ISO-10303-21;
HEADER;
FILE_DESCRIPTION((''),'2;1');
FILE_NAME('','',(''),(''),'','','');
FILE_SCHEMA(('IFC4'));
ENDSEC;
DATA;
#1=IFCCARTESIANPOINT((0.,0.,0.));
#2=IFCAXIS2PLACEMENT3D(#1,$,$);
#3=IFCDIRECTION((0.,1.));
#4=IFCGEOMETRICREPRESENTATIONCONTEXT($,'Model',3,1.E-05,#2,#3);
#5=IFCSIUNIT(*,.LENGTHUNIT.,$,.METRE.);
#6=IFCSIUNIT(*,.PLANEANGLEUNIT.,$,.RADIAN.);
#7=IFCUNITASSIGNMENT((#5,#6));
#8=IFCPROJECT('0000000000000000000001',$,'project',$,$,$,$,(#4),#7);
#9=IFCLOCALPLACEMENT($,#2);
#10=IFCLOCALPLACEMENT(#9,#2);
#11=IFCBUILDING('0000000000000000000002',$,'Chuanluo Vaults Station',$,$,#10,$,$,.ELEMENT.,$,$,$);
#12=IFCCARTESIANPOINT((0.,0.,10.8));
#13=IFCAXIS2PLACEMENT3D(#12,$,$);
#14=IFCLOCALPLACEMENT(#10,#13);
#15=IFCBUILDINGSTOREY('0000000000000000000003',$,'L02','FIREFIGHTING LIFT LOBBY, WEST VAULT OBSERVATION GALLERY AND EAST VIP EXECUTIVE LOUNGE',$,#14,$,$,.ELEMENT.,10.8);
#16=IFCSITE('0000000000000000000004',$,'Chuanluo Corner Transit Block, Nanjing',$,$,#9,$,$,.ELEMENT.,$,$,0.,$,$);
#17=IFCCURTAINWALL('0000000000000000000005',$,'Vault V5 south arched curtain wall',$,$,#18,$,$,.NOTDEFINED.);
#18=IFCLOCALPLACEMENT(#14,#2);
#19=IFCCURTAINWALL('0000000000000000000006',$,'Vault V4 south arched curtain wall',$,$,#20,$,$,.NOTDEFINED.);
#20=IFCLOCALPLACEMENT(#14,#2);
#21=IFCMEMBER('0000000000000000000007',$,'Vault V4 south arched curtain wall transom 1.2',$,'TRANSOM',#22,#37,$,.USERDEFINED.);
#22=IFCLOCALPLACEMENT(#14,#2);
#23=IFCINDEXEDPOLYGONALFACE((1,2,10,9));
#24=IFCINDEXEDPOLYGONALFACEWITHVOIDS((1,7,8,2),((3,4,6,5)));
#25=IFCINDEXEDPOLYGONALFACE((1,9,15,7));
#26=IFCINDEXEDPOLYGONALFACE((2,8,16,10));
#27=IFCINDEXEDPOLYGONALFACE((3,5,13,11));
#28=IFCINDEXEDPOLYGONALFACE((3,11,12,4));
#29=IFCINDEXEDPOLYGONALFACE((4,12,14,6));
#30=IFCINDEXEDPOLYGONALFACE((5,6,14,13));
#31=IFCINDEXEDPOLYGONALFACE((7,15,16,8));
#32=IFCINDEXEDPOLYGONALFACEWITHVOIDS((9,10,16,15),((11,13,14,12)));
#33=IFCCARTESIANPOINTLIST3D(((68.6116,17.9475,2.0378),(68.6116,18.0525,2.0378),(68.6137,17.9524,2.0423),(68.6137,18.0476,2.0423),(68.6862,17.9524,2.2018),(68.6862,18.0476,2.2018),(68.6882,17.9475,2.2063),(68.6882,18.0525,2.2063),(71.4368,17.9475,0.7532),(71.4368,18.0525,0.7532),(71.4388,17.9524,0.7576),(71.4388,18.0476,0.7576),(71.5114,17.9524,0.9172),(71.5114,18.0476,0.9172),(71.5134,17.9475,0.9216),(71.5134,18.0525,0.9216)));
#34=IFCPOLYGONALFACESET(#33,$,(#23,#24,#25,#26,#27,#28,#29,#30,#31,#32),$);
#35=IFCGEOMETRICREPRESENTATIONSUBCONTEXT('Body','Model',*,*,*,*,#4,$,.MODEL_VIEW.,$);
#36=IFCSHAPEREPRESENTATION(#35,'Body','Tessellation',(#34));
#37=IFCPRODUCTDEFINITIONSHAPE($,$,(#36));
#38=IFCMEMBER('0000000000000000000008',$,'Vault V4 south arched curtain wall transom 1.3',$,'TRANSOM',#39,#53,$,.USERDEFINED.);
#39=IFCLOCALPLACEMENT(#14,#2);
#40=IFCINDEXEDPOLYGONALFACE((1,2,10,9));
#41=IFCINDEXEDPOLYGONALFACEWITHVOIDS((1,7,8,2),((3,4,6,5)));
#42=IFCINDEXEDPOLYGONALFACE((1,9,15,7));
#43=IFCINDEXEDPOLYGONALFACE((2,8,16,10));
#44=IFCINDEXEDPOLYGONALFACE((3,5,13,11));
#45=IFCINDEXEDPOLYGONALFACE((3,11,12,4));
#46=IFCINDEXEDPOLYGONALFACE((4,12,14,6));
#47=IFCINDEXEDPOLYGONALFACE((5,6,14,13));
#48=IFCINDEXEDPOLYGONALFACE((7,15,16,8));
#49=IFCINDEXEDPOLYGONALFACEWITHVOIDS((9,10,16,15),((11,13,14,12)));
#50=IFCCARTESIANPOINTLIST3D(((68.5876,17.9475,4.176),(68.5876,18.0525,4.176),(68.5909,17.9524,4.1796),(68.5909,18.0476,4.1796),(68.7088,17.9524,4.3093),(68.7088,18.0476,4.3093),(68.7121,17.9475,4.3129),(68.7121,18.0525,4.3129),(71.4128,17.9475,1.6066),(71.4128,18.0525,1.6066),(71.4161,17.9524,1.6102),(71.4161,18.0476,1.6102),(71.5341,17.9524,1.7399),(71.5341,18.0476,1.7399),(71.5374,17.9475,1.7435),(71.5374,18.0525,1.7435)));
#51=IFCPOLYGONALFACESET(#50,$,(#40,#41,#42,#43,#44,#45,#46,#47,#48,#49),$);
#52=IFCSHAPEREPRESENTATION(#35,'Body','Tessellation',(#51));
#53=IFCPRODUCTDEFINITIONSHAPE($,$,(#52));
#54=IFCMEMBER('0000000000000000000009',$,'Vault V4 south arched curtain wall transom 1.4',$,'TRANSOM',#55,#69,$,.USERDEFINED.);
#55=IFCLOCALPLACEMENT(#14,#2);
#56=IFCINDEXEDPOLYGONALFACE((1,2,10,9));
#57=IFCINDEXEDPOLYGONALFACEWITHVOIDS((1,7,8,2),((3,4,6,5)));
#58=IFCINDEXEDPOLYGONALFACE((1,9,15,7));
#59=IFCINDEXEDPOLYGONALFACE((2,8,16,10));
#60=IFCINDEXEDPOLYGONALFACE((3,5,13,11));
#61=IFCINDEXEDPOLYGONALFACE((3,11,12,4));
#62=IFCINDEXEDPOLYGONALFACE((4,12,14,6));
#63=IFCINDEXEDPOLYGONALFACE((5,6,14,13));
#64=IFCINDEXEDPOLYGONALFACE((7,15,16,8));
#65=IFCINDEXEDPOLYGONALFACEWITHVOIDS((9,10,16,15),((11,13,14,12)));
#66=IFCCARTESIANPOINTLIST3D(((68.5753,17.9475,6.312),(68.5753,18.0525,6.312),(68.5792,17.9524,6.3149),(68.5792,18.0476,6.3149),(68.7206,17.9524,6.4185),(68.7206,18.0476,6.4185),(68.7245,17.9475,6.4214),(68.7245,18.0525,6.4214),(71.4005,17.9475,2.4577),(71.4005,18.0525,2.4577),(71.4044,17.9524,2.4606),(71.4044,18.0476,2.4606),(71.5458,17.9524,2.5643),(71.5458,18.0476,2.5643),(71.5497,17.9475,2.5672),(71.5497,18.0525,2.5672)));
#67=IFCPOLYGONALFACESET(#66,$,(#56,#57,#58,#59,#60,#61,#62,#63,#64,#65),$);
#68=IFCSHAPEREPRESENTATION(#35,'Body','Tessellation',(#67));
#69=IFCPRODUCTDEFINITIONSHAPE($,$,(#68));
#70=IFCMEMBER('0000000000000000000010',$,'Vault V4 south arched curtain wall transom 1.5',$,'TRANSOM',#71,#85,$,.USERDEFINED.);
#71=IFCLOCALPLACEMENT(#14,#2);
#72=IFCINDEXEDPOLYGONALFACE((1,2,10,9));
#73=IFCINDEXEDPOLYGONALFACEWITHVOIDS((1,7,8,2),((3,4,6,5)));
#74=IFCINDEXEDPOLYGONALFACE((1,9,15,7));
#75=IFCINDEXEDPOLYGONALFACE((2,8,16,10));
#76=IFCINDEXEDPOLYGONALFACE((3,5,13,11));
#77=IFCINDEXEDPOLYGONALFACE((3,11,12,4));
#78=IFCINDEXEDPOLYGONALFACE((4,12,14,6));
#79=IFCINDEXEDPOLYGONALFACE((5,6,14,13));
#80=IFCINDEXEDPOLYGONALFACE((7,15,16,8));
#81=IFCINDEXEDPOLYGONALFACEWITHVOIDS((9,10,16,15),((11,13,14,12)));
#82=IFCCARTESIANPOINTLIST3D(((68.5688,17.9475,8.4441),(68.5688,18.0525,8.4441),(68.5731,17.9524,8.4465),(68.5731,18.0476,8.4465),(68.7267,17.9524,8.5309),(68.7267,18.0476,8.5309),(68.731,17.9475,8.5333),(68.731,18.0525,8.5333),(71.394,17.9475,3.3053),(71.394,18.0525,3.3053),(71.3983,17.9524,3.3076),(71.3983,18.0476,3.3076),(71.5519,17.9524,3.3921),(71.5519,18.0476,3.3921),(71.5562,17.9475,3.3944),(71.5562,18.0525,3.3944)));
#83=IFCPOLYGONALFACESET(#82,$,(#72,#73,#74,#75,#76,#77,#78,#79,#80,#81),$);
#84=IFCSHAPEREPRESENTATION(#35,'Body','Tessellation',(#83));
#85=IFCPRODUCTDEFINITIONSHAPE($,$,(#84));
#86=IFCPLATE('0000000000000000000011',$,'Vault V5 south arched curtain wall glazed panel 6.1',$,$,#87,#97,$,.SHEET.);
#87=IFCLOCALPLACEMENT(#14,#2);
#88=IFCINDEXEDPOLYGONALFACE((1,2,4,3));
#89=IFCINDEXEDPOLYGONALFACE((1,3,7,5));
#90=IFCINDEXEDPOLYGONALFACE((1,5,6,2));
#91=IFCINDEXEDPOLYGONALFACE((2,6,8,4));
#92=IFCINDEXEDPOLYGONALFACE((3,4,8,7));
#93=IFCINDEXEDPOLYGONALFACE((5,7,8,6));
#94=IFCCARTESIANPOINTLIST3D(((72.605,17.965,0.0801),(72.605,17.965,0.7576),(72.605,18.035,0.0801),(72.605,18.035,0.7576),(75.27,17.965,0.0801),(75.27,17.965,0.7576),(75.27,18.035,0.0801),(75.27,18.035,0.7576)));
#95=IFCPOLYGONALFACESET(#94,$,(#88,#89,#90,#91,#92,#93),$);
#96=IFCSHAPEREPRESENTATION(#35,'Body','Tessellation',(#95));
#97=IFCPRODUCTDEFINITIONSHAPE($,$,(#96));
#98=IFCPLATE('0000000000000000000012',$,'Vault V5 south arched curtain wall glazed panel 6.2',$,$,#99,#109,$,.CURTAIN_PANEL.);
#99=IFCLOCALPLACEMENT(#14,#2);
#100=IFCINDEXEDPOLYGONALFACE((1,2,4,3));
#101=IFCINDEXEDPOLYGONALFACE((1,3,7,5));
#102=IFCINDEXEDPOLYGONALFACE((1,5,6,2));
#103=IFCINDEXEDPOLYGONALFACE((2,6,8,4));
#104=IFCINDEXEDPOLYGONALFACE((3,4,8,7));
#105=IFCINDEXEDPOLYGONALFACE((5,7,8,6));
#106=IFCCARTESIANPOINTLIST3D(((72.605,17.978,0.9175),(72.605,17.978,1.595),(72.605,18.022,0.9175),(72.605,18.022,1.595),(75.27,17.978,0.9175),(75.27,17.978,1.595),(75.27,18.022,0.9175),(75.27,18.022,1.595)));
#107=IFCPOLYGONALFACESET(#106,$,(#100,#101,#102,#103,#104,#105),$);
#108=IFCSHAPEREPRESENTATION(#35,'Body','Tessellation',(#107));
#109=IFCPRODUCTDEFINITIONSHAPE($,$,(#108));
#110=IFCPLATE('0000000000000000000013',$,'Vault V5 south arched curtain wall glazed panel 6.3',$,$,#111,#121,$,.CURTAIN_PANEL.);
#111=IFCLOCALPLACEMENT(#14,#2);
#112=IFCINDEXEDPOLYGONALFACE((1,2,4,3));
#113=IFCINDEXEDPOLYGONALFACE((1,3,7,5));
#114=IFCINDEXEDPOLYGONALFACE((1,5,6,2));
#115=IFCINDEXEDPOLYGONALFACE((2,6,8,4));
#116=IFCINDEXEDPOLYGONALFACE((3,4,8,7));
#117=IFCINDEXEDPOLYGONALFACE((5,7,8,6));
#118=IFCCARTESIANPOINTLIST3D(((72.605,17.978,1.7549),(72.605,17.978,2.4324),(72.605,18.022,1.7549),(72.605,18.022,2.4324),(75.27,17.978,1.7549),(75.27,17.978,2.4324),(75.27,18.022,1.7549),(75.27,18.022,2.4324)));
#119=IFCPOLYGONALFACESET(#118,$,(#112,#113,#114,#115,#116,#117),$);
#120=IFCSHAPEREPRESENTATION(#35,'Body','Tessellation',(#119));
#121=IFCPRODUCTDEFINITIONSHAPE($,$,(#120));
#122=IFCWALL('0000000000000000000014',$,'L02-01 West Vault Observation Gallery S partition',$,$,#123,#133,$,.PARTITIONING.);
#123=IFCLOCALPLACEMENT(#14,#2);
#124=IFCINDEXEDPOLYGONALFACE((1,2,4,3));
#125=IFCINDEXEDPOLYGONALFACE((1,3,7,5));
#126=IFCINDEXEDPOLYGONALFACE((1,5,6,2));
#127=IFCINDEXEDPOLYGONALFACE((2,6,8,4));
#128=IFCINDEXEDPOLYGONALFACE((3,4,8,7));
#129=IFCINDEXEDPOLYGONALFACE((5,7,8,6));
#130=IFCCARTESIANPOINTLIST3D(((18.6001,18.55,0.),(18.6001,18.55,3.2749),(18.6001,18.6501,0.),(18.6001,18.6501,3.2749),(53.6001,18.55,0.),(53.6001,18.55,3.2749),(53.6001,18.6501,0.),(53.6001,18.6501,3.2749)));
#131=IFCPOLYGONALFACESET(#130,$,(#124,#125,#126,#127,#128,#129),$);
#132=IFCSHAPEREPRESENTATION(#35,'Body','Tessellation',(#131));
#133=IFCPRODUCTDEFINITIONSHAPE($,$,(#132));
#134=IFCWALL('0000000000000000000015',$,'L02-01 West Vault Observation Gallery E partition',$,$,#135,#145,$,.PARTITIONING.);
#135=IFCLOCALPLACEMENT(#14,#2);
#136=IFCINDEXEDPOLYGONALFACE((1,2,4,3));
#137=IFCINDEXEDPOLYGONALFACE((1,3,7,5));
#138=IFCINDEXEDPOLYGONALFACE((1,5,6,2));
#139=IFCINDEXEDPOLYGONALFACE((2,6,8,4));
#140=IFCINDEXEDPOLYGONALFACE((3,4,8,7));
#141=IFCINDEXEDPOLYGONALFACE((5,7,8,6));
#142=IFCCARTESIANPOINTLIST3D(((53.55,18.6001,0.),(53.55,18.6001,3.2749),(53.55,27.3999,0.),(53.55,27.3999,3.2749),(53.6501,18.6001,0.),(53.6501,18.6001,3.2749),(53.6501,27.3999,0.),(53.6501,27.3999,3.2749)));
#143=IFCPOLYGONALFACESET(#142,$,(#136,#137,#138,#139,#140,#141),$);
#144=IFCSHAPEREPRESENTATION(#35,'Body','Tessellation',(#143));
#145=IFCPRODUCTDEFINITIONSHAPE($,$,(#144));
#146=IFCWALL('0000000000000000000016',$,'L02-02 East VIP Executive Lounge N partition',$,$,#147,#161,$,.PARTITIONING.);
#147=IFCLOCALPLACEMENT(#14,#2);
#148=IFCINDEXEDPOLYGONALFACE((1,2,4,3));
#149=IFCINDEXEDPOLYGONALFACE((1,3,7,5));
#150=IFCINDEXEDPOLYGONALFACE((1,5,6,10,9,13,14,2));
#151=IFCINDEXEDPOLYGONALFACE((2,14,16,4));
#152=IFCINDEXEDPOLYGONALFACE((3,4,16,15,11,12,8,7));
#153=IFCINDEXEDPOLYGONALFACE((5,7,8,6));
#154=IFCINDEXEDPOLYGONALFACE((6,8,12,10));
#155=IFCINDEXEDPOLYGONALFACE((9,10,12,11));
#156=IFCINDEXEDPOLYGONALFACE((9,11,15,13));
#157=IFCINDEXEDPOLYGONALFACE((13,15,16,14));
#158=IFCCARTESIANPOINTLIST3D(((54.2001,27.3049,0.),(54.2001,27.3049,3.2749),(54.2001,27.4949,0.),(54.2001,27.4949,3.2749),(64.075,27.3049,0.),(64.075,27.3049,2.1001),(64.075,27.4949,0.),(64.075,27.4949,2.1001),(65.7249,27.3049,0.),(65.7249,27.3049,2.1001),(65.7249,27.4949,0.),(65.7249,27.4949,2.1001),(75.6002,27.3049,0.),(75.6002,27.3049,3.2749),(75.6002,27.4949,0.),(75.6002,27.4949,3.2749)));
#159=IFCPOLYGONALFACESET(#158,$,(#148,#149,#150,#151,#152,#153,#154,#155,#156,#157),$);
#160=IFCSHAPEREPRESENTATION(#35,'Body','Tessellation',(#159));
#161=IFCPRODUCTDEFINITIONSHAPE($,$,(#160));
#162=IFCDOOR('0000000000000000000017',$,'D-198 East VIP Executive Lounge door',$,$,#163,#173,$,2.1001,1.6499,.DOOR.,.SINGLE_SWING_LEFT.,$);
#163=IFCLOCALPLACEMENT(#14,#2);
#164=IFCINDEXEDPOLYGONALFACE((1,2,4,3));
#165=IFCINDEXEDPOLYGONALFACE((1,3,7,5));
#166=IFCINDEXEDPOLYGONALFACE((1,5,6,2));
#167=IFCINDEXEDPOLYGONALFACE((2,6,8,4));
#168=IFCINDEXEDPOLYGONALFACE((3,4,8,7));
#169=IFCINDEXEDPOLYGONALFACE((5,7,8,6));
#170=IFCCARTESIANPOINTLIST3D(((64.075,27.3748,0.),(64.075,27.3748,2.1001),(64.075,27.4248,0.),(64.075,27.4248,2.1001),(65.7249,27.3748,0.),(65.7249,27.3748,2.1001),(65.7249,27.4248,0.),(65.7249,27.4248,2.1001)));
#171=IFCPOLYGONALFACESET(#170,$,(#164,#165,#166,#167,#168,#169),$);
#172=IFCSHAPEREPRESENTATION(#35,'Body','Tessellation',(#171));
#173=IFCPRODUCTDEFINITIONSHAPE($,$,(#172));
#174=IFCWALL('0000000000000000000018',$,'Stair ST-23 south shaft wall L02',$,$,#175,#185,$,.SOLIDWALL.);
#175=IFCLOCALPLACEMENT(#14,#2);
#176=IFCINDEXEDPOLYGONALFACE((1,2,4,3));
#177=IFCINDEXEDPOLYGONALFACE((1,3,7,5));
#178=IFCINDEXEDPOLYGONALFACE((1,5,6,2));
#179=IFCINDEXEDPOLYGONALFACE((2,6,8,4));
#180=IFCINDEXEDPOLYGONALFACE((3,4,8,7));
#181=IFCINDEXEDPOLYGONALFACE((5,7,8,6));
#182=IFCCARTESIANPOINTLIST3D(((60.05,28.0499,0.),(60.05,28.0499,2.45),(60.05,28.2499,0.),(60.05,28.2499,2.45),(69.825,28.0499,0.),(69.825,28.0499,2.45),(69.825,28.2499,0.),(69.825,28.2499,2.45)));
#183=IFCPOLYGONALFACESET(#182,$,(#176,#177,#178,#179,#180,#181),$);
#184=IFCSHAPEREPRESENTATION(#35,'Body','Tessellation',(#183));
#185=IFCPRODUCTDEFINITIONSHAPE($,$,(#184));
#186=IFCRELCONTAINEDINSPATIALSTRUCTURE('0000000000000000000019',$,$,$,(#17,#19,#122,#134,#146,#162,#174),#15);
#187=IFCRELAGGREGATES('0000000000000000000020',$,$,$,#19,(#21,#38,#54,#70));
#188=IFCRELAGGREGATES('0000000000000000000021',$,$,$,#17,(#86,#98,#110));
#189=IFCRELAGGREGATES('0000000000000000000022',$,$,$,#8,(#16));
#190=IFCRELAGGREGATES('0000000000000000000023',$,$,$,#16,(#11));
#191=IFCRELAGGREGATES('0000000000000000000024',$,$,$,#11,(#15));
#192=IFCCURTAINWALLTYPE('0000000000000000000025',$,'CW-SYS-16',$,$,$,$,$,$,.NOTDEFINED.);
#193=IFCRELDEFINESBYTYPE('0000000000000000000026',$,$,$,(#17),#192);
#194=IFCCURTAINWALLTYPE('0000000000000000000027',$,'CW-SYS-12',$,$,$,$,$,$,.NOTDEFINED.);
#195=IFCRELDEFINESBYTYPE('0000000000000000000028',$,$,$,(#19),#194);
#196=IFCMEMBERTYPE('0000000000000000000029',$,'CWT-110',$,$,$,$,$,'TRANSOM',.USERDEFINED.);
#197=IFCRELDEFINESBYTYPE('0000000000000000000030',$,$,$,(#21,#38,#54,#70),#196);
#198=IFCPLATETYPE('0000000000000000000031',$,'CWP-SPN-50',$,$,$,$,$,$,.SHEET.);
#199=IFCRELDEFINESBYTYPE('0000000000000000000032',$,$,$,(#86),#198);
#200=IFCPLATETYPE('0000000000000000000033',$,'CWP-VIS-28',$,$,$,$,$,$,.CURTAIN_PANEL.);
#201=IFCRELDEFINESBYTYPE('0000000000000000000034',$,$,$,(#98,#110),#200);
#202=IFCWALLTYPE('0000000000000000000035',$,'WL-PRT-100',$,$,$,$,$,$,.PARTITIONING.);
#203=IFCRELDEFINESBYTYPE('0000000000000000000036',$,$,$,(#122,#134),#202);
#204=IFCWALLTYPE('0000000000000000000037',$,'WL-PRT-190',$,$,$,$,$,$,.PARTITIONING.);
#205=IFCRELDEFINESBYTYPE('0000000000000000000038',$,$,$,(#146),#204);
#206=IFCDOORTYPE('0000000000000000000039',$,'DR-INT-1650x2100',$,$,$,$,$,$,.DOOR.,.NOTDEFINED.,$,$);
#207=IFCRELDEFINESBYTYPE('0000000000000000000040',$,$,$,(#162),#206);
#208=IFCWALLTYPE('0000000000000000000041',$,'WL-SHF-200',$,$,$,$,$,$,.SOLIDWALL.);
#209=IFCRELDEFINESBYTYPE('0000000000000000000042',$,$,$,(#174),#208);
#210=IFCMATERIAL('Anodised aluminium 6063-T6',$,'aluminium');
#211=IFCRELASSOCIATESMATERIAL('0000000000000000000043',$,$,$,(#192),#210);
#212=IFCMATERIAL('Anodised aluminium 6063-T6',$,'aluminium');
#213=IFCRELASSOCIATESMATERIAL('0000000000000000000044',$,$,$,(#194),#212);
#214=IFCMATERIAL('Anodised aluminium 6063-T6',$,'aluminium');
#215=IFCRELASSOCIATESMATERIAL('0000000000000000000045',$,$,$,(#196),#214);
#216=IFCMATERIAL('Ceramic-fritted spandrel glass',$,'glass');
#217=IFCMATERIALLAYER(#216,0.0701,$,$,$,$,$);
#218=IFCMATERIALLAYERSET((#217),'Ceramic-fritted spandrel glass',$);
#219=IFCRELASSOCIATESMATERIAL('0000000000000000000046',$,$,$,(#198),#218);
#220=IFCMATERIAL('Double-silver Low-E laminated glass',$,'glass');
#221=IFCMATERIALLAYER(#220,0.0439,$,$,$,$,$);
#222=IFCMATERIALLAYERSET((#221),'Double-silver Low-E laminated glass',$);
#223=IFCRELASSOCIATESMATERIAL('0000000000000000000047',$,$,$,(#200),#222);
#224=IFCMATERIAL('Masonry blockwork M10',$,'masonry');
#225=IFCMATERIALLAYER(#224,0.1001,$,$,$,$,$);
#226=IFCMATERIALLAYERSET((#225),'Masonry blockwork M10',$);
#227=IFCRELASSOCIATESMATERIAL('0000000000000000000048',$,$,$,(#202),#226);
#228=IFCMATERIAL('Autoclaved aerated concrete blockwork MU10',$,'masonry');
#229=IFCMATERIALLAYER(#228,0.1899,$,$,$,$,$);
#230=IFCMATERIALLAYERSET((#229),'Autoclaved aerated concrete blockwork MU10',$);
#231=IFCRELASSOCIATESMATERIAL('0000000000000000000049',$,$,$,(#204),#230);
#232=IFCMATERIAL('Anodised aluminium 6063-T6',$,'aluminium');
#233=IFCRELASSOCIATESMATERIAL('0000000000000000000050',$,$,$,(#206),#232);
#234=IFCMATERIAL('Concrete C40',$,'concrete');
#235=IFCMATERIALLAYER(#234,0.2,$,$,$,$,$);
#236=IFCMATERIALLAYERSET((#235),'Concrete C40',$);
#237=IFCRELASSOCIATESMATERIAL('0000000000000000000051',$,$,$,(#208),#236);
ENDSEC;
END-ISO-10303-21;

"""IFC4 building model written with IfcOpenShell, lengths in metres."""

from ifc_helpers import new_model, si_unit, direction, frame, frame_2d, origin, origin_2d, place, context, subcontext, project, spatial, rectangle, hollow_rectangle, extrude, material, layer, layer_set, material_profile, profile_set, type_object, element, fill, aggregate, save


model = new_model("IFC4")

# Units and contexts
model_context = context("Model", 3, precision=1e-05, world=origin(), true_north=direction((0.0, 1.0)))
body_context = subcontext(model_context, "Body", "Model", "MODEL_VIEW")
ifc_project = project(units=[si_unit("LENGTHUNIT", "METRE"), si_unit("PLANEANGLEUNIT", "RADIAN")], contexts=[model_context])

# Site, building, storey
site_placement = place(None, origin())
site = spatial("IfcSite", under=ifc_project, at=site_placement, Name="Chuanluo Corner Transit Block, Nanjing", CompositionType="ELEMENT", RefElevation=0.0)
building_placement = place(site_placement, origin())
building = spatial("IfcBuilding", under=site, at=building_placement, Name="Chuanluo Vaults Station", CompositionType="ELEMENT")
storey_placement = place(building_placement, frame((0.0, 0.0, 10.8)))
storey = spatial("IfcBuildingStorey", under=building, at=storey_placement, Name="L02", Description="FIREFIGHTING LIFT LOBBY, WEST VAULT OBSERVATION GALLERY AND EAST VIP EXECUTIVE LOUNGE", CompositionType="ELEMENT", Elevation=10.8)

# Curtain wall
ifc_material_1 = material(Name="Anodised aluminium 6063-T6", Category="aluminium")
curtain_wall_type_1 = type_object("IfcCurtainWallType", Name="CW-SYS-16", PredefinedType="NOTDEFINED", material=ifc_material_1)
curtain_wall_1_placement = place(storey_placement, origin())
curtain_wall_1 = element("IfcCurtainWall", 1, at=curtain_wall_1_placement, inside=storey, type_object=curtain_wall_type_1, Name="Vault V5 south arched curtain wall", PredefinedType="NOTDEFINED")

# Curtain wall, members
ifc_material_2 = material(Name="Anodised aluminium 6063-T6", Category="aluminium")
curtain_wall_type_2 = type_object("IfcCurtainWallType", Name="CW-SYS-12", PredefinedType="NOTDEFINED", material=ifc_material_2)
curtain_wall_2_placement = place(storey_placement, origin())
curtain_wall_2 = element("IfcCurtainWall", 2, at=curtain_wall_2_placement, inside=storey, type_object=curtain_wall_type_2, Name="Vault V4 south arched curtain wall", PredefinedType="NOTDEFINED")
ifc_material_3 = material(Name="Anodised aluminium 6063-T6", Category="aluminium")
ifc_material_profile_1 = material_profile(ifc_material_3, hollow_rectangle(XDim=0.105, YDim=0.1851, WallThickness=0.0049, at=origin_2d()))
ifc_profile_set_1 = profile_set([ifc_material_profile_1], Name="Anodised aluminium 6063-T6")
member_type_1 = type_object("IfcMemberType", Name="CWT-110", ElementType="TRANSOM", PredefinedType="USERDEFINED", material=ifc_profile_set_1)
member_1_placement = place(storey_placement, frame((71.4751, 18.0, 0.8374), z_axis=(-0.910307, 0.0, 0.413933), x_axis=(0.0, -1.0, 0.0)))
member_1 = element("IfcMember", 3, at=member_1_placement, type_object=member_type_1, Name="Vault V4 south arched curtain wall transom 1.2", ObjectType="TRANSOM", PredefinedType="USERDEFINED", context=body_context, shape_type="SweptSolid", body=[
    extrude(hollow_rectangle(XDim=0.105, YDim=0.1851, WallThickness=0.0049, at=origin_2d()), origin(), (0.0, 0.0, 1.0), 3.1035),
])
member_2_placement = place(storey_placement, frame((71.4751, 18.0, 1.675), z_axis=(-0.739813, 0.0, 0.672813), x_axis=(0.0, -1.0, 0.0)))
member_2 = element("IfcMember", 4, at=member_2_placement, type_object=member_type_1, Name="Vault V4 south arched curtain wall transom 1.3", ObjectType="TRANSOM", PredefinedType="USERDEFINED", context=body_context, shape_type="SweptSolid", body=[
    extrude(hollow_rectangle(XDim=0.105, YDim=0.1851, WallThickness=0.0049, at=origin_2d()), origin(), (0.0, 0.0, 1.0), 3.8188),
])
member_3_placement = place(storey_placement, frame((71.4751, 18.0, 2.5125), z_axis=(-0.591193, 0.0, 0.80653), x_axis=(0.0, -1.0, 0.0)))
member_3 = element("IfcMember", 5, at=member_3_placement, type_object=member_type_1, Name="Vault V4 south arched curtain wall transom 1.4", ObjectType="TRANSOM", PredefinedType="USERDEFINED", context=body_context, shape_type="SweptSolid", body=[
    extrude(hollow_rectangle(XDim=0.105, YDim=0.1851, WallThickness=0.0049, at=origin_2d()), origin(), (0.0, 0.0, 1.0), 4.7788),
])
member_4_placement = place(storey_placement, frame((71.4751, 18.0, 3.3499), z_axis=(-0.481761, 0.0, 0.876303), x_axis=(0.0, -1.0, 0.0)))
member_4 = element("IfcMember", 6, at=member_4_placement, type_object=member_type_1, Name="Vault V4 south arched curtain wall transom 1.5", ObjectType="TRANSOM", PredefinedType="USERDEFINED", context=body_context, shape_type="SweptSolid", body=[
    extrude(hollow_rectangle(XDim=0.105, YDim=0.1851, WallThickness=0.0049, at=origin_2d()), origin(), (0.0, 0.0, 1.0), 5.8643),
])
aggregate(curtain_wall_2, [member_1, member_2, member_3, member_4])

# Plates
ifc_material_4 = material(Name="Ceramic-fritted spandrel glass", Category="glass")
ifc_layer_1 = layer(ifc_material_4, 0.0701)
ifc_layer_set_1 = layer_set([ifc_layer_1], Name="Ceramic-fritted spandrel glass")
plate_type_1 = type_object("IfcPlateType", Name="CWP-SPN-50", PredefinedType="SHEET", material=ifc_layer_set_1)
plate_1_placement = place(storey_placement, frame((73.9375, 18.0, 0.0801), z_axis=(0.0, 0.0, 1.0), x_axis=(-1.0, 0.0, 0.0)))
plate_1 = element("IfcPlate", 7, at=plate_1_placement, type_object=plate_type_1, Name="Vault V5 south arched curtain wall glazed panel 6.1", PredefinedType="SHEET", context=body_context, shape_type="SweptSolid", body=[
    extrude(rectangle(XDim=2.665, YDim=0.0701, at=origin_2d()), origin(), (0.0, 0.0, 1.0), 0.6775),
])
ifc_material_5 = material(Name="Double-silver Low-E laminated glass", Category="glass")
ifc_layer_2 = layer(ifc_material_5, 0.0439)
ifc_layer_set_2 = layer_set([ifc_layer_2], Name="Double-silver Low-E laminated glass")
plate_type_2 = type_object("IfcPlateType", Name="CWP-VIS-28", PredefinedType="CURTAIN_PANEL", material=ifc_layer_set_2)
plate_2_placement = place(storey_placement, frame((73.9375, 18.0, 0.9175), z_axis=(0.0, 0.0, 1.0), x_axis=(-1.0, 0.0, 0.0)))
plate_2 = element("IfcPlate", 8, at=plate_2_placement, type_object=plate_type_2, Name="Vault V5 south arched curtain wall glazed panel 6.2", PredefinedType="CURTAIN_PANEL", context=body_context, shape_type="SweptSolid", body=[
    extrude(rectangle(XDim=2.665, YDim=0.0439, at=origin_2d()), origin(), (0.0, 0.0, 1.0), 0.6775),
])
plate_3_placement = place(storey_placement, frame((73.9375, 18.0, 1.7549), z_axis=(0.0, 0.0, 1.0), x_axis=(-1.0, 0.0, 0.0)))
plate_3 = element("IfcPlate", 9, at=plate_3_placement, type_object=plate_type_2, Name="Vault V5 south arched curtain wall glazed panel 6.3", PredefinedType="CURTAIN_PANEL", context=body_context, shape_type="SweptSolid", body=[
    extrude(rectangle(XDim=2.665, YDim=0.0439, at=origin_2d()), origin(), (0.0, 0.0, 1.0), 0.6775),
])
aggregate(curtain_wall_1, [plate_1, plate_2, plate_3])

# Walls
ifc_material_6 = material(Name="Masonry blockwork M10", Category="masonry")
ifc_layer_3 = layer(ifc_material_6, 0.1001)
ifc_layer_set_3 = layer_set([ifc_layer_3], Name="Masonry blockwork M10")
wall_type_1 = type_object("IfcWallType", Name="WL-PRT-100", PredefinedType="PARTITIONING", material=ifc_layer_set_3)
wall_1_placement = place(storey_placement, frame((53.6001, 18.6001, 0.0), z_axis=(0.0, 0.0, 1.0), x_axis=(-1.0, 0.0, 0.0)))
element("IfcWall", 10, at=wall_1_placement, inside=storey, type_object=wall_type_1, Name="L02-01 West Vault Observation Gallery S partition", PredefinedType="PARTITIONING", context=body_context, shape_type="SweptSolid", body=[
    extrude(rectangle(XDim=35.0, YDim=0.1001, at=frame_2d((17.5, 0.0))), origin(), (0.0, 0.0, 1.0), 3.2749),
])
wall_2_placement = place(storey_placement, frame((53.6001, 27.3999, 0.0), z_axis=(0.0, 0.0, 1.0), x_axis=(0.0, -1.0, 0.0)))
element("IfcWall", 11, at=wall_2_placement, inside=storey, type_object=wall_type_1, Name="L02-01 West Vault Observation Gallery E partition", PredefinedType="PARTITIONING", context=body_context, shape_type="SweptSolid", body=[
    extrude(rectangle(XDim=8.7998, YDim=0.1001, at=frame_2d((4.3999, 0.0))), origin(), (0.0, 0.0, 1.0), 3.2749),
])

# Wall, opening, door
ifc_material_7 = material(Name="Autoclaved aerated concrete blockwork MU10", Category="masonry")
ifc_layer_4 = layer(ifc_material_7, 0.1899)
ifc_layer_set_4 = layer_set([ifc_layer_4], Name="Autoclaved aerated concrete blockwork MU10")
wall_type_2 = type_object("IfcWallType", Name="WL-PRT-190", PredefinedType="PARTITIONING", material=ifc_layer_set_4)
wall_3_placement = place(storey_placement, frame((54.2, 27.3999, 0.0), z_axis=(0.0, 0.0, 1.0), x_axis=(1.0, 0.0, 0.0)))
wall_3 = element("IfcWall", 12, at=wall_3_placement, inside=storey, type_object=wall_type_2, Name="L02-02 East VIP Executive Lounge N partition", PredefinedType="PARTITIONING", context=body_context, shape_type="SweptSolid", body=[
    extrude(rectangle(XDim=21.4001, YDim=0.1899, at=frame_2d((10.7002, 0.0))), origin(), (0.0, 0.0, 1.0), 3.2749),
])
opening_placement = place(wall_3_placement, frame((9.875, 0.0, 0.0)))
opening = element("IfcOpeningElement", 13, at=opening_placement, cuts=wall_3, PredefinedType="OPENING", context=body_context, shape_type="SweptSolid", body=[
    extrude(rectangle(XDim=1.6499, YDim=2.1001, at=frame_2d((0.825, 1.05))), frame((0.0, 0.105, 0.0), z_axis=(0.0, -1.0, 0.0), x_axis=(1.0, 0.0, 0.0)), (0.0, 0.0, 1.0), 0.2099),
])
ifc_material_8 = material(Name="Anodised aluminium 6063-T6", Category="aluminium")
door_type = type_object("IfcDoorType", Name="DR-INT-1650x2100", OperationType="NOTDEFINED", PredefinedType="DOOR", material=ifc_material_8)
door_placement = place(opening_placement, origin())
door = element("IfcDoor", 14, at=door_placement, inside=storey, type_object=door_type, Name="D-198 East VIP Executive Lounge door", OperationType="SINGLE_SWING_LEFT", OverallHeight=2.1001, OverallWidth=1.6499, PredefinedType="DOOR", context=body_context, shape_type="SweptSolid", body=[
    extrude(rectangle(XDim=1.6499, YDim=2.1001, at=frame_2d((0.825, 1.05))), frame((0.0, 0.0249, 0.0), z_axis=(0.0, -1.0, 0.0), x_axis=(1.0, 0.0, 0.0)), (0.0, 0.0, 1.0), 0.05),
])
fill(opening, door)

# Wall
ifc_material_9 = material(Name="Concrete C40", Category="concrete")
ifc_layer_5 = layer(ifc_material_9, 0.2)
ifc_layer_set_5 = layer_set([ifc_layer_5], Name="Concrete C40")
wall_type_3 = type_object("IfcWallType", Name="WL-SHF-200", PredefinedType="SOLIDWALL", material=ifc_layer_set_5)
wall_4_placement = place(storey_placement, frame((60.05, 28.1499, 0.0), z_axis=(0.0, 0.0, 1.0), x_axis=(1.0, 0.0, 0.0)))
element("IfcWall", 15, at=wall_4_placement, inside=storey, type_object=wall_type_3, Name="Stair ST-23 south shaft wall L02", PredefinedType="SOLIDWALL", context=body_context, shape_type="SweptSolid", body=[
    extrude(rectangle(XDim=9.7749, YDim=0.2, at=frame_2d((4.8875, 0.0))), origin(), (0.0, 0.0, 1.0), 2.45),
])

save(model, "model.ifc")
